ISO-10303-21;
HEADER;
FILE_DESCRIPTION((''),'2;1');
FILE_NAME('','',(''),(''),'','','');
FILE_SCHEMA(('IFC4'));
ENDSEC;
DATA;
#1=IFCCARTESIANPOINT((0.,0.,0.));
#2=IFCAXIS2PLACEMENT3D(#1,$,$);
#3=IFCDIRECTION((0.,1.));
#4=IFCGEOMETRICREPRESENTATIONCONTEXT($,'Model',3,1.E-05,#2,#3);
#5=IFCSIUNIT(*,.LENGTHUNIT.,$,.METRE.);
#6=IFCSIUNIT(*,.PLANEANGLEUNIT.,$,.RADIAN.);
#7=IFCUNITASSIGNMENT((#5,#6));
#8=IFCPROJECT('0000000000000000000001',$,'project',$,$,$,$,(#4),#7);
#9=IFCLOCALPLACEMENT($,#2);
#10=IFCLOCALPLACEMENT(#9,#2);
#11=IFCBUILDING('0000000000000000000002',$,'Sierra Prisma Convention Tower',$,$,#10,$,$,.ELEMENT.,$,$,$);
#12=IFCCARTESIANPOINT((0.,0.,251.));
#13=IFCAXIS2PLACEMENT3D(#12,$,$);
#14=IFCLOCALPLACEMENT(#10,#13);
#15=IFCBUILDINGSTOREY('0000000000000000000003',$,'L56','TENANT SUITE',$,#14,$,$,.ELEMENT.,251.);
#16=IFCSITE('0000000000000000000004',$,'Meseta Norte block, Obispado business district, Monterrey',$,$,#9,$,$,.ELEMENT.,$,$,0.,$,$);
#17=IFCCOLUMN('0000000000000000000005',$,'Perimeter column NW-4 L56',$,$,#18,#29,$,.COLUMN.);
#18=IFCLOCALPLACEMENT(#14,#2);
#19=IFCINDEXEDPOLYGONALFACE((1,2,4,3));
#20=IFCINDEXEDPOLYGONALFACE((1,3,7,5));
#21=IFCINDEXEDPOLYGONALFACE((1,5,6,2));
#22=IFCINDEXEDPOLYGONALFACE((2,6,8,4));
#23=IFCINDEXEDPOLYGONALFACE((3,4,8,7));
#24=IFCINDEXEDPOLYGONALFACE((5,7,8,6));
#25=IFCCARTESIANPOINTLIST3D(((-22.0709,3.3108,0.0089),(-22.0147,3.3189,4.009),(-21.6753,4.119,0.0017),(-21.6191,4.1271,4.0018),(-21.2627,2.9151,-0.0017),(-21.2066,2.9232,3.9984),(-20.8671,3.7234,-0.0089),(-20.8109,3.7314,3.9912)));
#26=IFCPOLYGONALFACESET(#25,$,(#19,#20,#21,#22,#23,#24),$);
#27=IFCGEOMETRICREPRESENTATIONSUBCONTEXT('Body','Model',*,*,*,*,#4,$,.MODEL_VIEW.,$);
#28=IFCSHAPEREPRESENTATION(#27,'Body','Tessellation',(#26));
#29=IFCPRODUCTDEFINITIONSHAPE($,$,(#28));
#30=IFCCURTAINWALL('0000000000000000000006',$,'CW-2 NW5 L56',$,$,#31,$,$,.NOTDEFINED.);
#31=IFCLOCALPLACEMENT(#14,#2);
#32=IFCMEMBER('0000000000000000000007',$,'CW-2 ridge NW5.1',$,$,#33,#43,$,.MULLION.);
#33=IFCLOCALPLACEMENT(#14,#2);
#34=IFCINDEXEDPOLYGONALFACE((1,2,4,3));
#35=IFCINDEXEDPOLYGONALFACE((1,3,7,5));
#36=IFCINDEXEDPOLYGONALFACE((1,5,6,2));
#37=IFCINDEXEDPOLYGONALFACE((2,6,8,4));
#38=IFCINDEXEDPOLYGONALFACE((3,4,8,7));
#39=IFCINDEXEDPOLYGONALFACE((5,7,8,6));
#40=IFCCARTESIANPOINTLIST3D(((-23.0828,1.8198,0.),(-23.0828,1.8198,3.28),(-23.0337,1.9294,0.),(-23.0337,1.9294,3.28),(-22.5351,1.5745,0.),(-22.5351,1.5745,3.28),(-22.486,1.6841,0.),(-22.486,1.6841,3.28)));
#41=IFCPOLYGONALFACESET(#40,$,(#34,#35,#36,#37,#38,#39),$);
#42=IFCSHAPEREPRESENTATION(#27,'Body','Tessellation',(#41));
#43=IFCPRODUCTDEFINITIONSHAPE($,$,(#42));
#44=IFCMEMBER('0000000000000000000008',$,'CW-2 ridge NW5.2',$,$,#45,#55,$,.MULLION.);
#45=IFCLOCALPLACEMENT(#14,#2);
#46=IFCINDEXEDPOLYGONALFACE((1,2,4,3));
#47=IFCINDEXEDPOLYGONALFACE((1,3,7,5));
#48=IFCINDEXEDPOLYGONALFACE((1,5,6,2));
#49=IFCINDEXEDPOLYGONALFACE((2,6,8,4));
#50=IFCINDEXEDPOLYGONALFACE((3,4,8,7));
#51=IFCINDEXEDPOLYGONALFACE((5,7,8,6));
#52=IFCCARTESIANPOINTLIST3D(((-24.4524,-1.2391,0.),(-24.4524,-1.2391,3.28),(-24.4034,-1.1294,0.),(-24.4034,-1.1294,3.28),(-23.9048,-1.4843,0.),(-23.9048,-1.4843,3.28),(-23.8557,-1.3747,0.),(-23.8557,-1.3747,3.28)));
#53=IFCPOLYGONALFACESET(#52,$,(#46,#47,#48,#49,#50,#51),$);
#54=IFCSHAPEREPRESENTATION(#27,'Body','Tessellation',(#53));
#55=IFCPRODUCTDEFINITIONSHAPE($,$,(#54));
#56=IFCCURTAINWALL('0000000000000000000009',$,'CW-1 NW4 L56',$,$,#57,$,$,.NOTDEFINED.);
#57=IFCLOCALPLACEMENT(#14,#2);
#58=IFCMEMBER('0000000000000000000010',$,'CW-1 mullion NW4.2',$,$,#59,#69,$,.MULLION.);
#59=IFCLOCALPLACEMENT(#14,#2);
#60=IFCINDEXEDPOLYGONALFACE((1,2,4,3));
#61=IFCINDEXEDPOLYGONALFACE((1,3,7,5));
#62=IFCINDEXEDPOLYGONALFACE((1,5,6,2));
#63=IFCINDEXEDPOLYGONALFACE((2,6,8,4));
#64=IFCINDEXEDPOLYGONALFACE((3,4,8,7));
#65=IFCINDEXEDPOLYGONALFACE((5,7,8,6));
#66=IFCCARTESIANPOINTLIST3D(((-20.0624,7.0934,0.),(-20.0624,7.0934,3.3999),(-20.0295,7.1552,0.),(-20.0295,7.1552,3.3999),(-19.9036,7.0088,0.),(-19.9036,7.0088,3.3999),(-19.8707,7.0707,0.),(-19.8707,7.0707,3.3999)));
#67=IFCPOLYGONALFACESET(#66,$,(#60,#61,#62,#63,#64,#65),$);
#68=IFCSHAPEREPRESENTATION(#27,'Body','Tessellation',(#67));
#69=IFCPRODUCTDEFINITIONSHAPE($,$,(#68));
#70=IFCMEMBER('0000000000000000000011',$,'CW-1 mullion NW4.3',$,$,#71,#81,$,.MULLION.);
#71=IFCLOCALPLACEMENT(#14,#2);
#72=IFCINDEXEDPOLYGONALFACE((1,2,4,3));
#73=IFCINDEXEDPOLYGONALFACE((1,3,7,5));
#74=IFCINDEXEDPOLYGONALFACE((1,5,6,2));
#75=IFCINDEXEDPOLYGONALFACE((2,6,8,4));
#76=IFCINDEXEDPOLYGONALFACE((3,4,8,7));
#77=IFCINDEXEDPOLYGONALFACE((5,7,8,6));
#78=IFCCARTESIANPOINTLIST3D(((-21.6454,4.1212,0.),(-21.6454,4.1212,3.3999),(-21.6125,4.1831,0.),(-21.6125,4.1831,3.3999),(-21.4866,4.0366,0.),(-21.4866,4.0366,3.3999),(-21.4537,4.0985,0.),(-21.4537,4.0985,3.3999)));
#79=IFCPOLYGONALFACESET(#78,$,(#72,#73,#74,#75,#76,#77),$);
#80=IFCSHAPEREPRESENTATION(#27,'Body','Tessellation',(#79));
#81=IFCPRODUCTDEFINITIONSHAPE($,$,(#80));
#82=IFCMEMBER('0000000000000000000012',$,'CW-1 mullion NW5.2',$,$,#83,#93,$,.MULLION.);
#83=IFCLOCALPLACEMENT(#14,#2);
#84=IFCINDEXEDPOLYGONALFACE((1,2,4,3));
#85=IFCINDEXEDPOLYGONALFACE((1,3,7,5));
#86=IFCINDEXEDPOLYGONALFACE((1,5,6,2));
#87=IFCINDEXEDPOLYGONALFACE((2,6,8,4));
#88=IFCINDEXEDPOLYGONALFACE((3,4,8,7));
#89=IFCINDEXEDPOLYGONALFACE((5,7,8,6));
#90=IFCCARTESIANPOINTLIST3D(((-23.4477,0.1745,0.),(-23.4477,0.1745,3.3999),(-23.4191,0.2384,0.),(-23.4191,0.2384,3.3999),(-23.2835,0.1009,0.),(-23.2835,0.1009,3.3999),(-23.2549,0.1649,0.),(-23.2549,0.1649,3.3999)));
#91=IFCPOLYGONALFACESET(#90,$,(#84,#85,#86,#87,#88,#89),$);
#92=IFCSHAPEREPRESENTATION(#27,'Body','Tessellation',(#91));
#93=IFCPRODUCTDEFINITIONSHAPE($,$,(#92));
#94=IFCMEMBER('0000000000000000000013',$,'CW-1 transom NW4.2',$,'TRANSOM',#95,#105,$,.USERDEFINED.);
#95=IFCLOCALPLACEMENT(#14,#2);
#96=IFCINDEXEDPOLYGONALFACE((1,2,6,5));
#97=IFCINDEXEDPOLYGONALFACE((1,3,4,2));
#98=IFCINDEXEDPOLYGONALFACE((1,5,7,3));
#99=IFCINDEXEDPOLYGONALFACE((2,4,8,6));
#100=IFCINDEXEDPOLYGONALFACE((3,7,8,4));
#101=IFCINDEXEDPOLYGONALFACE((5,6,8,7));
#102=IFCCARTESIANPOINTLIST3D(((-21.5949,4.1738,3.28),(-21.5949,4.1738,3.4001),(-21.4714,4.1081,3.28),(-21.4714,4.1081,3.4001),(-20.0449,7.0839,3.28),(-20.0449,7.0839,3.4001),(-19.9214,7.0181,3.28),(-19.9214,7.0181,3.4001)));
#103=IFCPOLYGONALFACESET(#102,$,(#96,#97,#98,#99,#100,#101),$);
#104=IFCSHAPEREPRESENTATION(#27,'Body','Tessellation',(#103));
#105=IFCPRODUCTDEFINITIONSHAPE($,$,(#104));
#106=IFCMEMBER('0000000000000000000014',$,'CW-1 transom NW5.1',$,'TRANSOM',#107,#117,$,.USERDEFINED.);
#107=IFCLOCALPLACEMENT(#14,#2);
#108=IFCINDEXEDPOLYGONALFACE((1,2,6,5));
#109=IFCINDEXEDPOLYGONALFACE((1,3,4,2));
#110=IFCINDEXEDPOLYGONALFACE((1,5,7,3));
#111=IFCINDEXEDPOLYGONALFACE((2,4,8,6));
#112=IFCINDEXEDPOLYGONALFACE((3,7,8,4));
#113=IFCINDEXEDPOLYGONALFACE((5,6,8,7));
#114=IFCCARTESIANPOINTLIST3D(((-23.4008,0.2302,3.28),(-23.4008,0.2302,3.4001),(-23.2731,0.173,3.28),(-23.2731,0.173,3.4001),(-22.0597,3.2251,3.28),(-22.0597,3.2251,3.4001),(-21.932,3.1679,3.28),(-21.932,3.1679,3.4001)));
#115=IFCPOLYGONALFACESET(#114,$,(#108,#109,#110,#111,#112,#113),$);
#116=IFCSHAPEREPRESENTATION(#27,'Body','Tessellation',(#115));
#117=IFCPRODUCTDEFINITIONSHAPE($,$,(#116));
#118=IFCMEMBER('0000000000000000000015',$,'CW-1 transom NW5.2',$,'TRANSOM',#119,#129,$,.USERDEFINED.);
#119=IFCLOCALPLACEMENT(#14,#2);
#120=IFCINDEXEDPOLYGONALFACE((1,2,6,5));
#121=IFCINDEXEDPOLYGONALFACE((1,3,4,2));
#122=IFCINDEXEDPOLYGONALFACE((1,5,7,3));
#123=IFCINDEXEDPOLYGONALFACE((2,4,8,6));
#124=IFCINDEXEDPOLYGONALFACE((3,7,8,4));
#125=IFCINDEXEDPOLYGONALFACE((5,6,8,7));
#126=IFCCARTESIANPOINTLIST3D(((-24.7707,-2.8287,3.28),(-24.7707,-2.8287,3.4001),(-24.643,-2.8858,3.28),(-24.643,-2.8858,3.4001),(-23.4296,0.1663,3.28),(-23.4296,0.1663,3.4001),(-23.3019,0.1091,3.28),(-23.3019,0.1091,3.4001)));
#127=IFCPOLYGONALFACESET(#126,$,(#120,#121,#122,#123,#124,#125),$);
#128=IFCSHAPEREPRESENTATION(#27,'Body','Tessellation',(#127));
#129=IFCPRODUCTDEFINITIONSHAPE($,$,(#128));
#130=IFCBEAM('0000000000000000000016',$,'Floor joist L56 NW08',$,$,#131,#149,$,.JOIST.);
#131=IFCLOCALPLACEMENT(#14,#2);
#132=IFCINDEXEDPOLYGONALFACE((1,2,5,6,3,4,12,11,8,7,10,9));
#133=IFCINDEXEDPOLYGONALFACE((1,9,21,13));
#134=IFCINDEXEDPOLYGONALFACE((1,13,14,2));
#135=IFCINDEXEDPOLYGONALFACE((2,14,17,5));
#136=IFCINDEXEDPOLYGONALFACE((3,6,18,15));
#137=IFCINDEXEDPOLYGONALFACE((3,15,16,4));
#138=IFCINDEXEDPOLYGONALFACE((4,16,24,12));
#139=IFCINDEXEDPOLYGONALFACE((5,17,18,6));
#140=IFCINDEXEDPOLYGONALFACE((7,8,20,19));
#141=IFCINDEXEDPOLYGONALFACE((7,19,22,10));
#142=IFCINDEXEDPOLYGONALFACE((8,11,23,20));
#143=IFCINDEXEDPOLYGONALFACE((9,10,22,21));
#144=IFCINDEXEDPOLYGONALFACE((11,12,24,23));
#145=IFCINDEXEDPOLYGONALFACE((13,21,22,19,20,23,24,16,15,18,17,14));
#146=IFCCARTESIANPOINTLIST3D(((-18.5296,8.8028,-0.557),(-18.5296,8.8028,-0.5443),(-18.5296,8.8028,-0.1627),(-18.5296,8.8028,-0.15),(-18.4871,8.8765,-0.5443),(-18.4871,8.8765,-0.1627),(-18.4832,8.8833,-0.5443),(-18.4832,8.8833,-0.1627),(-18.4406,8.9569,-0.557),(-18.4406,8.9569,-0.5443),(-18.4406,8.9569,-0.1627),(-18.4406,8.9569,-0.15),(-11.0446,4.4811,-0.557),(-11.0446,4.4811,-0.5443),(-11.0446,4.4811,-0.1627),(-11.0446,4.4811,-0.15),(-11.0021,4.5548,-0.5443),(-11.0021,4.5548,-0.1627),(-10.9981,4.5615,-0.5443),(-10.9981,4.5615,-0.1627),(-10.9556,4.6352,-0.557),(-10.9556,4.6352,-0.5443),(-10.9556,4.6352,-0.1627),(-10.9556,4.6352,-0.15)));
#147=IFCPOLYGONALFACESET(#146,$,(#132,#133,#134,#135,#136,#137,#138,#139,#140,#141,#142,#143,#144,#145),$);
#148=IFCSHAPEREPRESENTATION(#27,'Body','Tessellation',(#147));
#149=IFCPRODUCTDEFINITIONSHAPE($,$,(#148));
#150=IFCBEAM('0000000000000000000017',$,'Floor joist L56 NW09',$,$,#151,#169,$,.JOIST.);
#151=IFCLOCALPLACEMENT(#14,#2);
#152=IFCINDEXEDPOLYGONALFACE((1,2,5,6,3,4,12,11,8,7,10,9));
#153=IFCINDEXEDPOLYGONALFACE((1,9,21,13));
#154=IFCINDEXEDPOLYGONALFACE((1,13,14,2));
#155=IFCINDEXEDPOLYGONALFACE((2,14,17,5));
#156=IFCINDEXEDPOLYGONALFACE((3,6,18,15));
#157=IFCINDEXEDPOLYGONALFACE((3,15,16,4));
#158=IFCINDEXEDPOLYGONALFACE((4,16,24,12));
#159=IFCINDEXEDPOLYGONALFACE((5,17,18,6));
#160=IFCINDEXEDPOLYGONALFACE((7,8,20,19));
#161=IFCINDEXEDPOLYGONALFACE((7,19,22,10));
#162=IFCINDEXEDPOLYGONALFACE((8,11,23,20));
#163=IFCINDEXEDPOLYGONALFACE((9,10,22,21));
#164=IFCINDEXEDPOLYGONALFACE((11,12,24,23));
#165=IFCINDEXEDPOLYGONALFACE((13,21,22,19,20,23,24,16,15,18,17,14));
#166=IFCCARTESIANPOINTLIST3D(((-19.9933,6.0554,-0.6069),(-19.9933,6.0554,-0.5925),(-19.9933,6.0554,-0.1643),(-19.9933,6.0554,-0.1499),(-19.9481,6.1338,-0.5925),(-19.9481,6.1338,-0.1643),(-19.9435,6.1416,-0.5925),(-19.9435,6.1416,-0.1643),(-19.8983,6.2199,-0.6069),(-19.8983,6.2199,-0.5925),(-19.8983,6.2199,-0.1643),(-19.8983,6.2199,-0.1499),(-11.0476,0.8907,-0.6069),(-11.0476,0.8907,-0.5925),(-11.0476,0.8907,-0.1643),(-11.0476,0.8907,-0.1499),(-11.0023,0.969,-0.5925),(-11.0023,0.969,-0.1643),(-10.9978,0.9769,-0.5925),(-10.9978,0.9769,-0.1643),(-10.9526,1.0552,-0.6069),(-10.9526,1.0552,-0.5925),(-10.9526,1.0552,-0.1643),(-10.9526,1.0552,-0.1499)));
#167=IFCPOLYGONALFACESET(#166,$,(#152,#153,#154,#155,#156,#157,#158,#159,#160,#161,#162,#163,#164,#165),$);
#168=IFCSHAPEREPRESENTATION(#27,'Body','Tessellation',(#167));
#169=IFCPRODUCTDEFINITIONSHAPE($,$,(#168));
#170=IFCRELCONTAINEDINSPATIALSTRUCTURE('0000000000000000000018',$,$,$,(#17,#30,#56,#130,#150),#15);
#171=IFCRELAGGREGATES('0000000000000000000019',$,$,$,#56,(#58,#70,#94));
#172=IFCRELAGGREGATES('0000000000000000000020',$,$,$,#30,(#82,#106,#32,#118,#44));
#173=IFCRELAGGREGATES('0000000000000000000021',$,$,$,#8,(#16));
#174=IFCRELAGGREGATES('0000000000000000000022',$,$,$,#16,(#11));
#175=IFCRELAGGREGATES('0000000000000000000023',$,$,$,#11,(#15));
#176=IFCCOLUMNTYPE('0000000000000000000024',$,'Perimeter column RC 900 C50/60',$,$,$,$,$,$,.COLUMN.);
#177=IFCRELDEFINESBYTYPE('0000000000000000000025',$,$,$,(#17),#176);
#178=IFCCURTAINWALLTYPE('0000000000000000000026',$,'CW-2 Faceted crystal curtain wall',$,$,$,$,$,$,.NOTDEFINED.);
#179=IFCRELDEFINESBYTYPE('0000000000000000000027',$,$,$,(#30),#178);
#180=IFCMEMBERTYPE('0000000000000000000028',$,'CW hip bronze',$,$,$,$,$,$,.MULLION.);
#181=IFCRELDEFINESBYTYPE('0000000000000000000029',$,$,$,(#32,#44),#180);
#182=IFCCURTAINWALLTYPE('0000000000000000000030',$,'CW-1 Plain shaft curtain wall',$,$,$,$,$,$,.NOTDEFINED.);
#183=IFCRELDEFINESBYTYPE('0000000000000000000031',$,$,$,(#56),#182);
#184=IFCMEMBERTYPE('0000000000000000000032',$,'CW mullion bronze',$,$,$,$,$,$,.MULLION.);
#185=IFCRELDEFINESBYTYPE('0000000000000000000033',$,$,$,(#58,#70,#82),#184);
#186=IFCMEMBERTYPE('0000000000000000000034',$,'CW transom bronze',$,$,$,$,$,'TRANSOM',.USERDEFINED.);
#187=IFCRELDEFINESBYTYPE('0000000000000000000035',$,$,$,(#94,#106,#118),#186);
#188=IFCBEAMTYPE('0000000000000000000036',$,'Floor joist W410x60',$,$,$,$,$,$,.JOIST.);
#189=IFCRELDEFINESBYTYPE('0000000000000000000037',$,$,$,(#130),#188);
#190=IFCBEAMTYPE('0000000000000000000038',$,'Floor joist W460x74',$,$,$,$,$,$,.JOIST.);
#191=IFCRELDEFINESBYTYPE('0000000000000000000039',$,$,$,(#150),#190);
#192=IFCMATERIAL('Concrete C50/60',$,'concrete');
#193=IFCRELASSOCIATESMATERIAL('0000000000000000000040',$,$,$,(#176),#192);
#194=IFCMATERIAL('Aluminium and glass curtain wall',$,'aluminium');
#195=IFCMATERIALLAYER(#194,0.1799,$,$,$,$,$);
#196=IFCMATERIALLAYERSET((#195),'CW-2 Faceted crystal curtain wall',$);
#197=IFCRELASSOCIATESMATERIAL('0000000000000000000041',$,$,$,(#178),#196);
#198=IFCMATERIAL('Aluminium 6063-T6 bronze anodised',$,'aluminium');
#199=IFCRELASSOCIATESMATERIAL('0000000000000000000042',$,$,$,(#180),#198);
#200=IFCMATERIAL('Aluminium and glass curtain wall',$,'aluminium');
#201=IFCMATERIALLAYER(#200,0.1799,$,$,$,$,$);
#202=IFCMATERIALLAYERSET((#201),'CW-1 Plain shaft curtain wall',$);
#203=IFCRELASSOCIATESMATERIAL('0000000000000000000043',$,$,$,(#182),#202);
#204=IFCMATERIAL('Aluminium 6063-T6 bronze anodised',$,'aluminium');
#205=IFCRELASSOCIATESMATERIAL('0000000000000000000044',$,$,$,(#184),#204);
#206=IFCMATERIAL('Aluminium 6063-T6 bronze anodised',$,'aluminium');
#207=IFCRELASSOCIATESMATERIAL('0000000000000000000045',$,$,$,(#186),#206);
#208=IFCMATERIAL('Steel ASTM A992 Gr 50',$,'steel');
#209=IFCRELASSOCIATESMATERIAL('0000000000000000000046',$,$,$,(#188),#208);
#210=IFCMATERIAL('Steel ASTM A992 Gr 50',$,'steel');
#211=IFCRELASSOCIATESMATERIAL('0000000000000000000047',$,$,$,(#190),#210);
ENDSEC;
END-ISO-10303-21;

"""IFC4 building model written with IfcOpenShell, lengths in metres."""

from ifc_helpers import new_model, si_unit, direction, frame, origin, origin_2d, place, context, subcontext, project, spatial, rectangle, i_section, extrude, material, layer, layer_set, material_profile, profile_set, type_object, element, aggregate, save


model = new_model("IFC4")

# Units and contexts
model_context = context("Model", 3, precision=1e-05, world=origin(), true_north=direction((0.0, 1.0)))
body_context = subcontext(model_context, "Body", "Model", "MODEL_VIEW")
ifc_project = project(units=[si_unit("LENGTHUNIT", "METRE"), si_unit("PLANEANGLEUNIT", "RADIAN")], contexts=[model_context])

# Site, building, storey
site_placement = place(None, origin())
site = spatial("IfcSite", under=ifc_project, at=site_placement, Name="Meseta Norte block, Obispado business district, Monterrey", CompositionType="ELEMENT", RefElevation=0.0)
building_placement = place(site_placement, origin())
building = spatial("IfcBuilding", under=site, at=building_placement, Name="Sierra Prisma Convention Tower", CompositionType="ELEMENT")
storey_placement = place(building_placement, frame((0.0, 0.0, 251.0)))
storey = spatial("IfcBuildingStorey", under=building, at=storey_placement, Name="L56", Description="TENANT SUITE", CompositionType="ELEMENT", Elevation=251.0)

# Column
ifc_material_1 = material(Name="Concrete C50/60", Category="concrete")
ifc_material_profile_1 = material_profile(ifc_material_1, rectangle(XDim=0.8999, YDim=0.8999, at=origin_2d()), Name="Perimeter column RC 900 C50/60")
ifc_profile_set_1 = profile_set([ifc_material_profile_1], Name="Concrete C50/60")
column_type = type_object("IfcColumnType", Name="Perimeter column RC 900 C50/60", PredefinedType="COLUMN", material=ifc_profile_set_1)
column_placement = place(storey_placement, frame((-21.469, 3.5171, 0.0), z_axis=(0.014037, 0.002014, 0.999899), x_axis=(0.439615, 0.898151, -0.00798)))
element("IfcColumn", 1, at=column_placement, inside=storey, type_object=column_type, Name="Perimeter column NW-4 L56", PredefinedType="COLUMN", context=body_context, shape_type="SweptSolid", body=[
    extrude(rectangle(XDim=0.8999, YDim=0.8999, at=origin_2d()), origin(), (0.0, 0.0, 1.0), 4.0005),
])

# Curtain walls, members
ifc_material_2 = material(Name="Aluminium and glass curtain wall", Category="aluminium")
ifc_layer_1 = layer(ifc_material_2, 0.1799)
ifc_layer_set_1 = layer_set([ifc_layer_1], Name="CW-2 Faceted crystal curtain wall")
curtain_wall_type_1 = type_object("IfcCurtainWallType", Name="CW-2 Faceted crystal curtain wall", PredefinedType="NOTDEFINED", material=ifc_layer_set_1)
curtain_wall_1_placement = place(storey_placement, origin())
curtain_wall_1 = element("IfcCurtainWall", 2, at=curtain_wall_1_placement, inside=storey, type_object=curtain_wall_type_1, Name="CW-2 NW5 L56", PredefinedType="NOTDEFINED")
ifc_material_3 = material(Name="Aluminium 6063-T6 bronze anodised", Category="aluminium")
ifc_material_profile_2 = material_profile(ifc_material_3, rectangle(XDim=0.1201, YDim=0.6001, at=origin_2d()), Name="ALU RIDGE BLADE 120x600")
ifc_profile_set_2 = profile_set([ifc_material_profile_2], Name="Aluminium 6063-T6 bronze anodised")
member_type_1 = type_object("IfcMemberType", Name="CW hip bronze", PredefinedType="MULLION", material=ifc_profile_set_2)
member_1_placement = place(storey_placement, frame((-22.7844, 1.752, 0.0), z_axis=(0.0, 0.0, 1.0), x_axis=(-0.408698, -0.912669, 0.0)))
member_1 = element("IfcMember", 3, at=member_1_placement, type_object=member_type_1, Name="CW-2 ridge NW5.1", PredefinedType="MULLION", context=body_context, shape_type="SweptSolid", body=[
    extrude(rectangle(XDim=0.1201, YDim=0.6001, at=origin_2d()), origin(), (0.0, 0.0, 1.0), 3.28),
])
member_2_placement = place(storey_placement, frame((-24.1541, -1.3069, 0.0), z_axis=(0.0, 0.0, 1.0), x_axis=(-0.408698, -0.912669, 0.0)))
member_2 = element("IfcMember", 4, at=member_2_placement, type_object=member_type_1, Name="CW-2 ridge NW5.2", PredefinedType="MULLION", context=body_context, shape_type="SweptSolid", body=[
    extrude(rectangle(XDim=0.1201, YDim=0.6001, at=origin_2d()), origin(), (0.0, 0.0, 1.0), 3.28),
])
ifc_material_4 = material(Name="Aluminium and glass curtain wall", Category="aluminium")
ifc_layer_2 = layer(ifc_material_4, 0.1799)
ifc_layer_set_2 = layer_set([ifc_layer_2], Name="CW-1 Plain shaft curtain wall")
curtain_wall_type_2 = type_object("IfcCurtainWallType", Name="CW-1 Plain shaft curtain wall", PredefinedType="NOTDEFINED", material=ifc_layer_set_2)
curtain_wall_2_placement = place(storey_placement, origin())
curtain_wall_2 = element("IfcCurtainWall", 5, at=curtain_wall_2_placement, inside=storey, type_object=curtain_wall_type_2, Name="CW-1 NW4 L56", PredefinedType="NOTDEFINED")
ifc_material_5 = material(Name="Aluminium 6063-T6 bronze anodised", Category="aluminium")
ifc_material_profile_3 = material_profile(ifc_material_5, rectangle(XDim=0.1799, YDim=0.0701, at=origin_2d()), Name="ALU MULLION 70x180")
ifc_profile_set_3 = profile_set([ifc_material_profile_3], Name="Aluminium 6063-T6 bronze anodised")
member_type_2 = type_object("IfcMemberType", Name="CW mullion bronze", PredefinedType="MULLION", material=ifc_profile_set_3)
member_3_placement = place(storey_placement, frame((-19.9666, 7.082, 0.0), z_axis=(0.0, 0.0, 1.0), x_axis=(0.882611, -0.470104, 0.0)))
member_3 = element("IfcMember", 6, at=member_3_placement, type_object=member_type_2, Name="CW-1 mullion NW4.2", PredefinedType="MULLION", context=body_context, shape_type="SweptSolid", body=[
    extrude(rectangle(XDim=0.1799, YDim=0.0701, at=origin_2d()), origin(), (0.0, 0.0, 1.0), 3.3999),
])
member_4_placement = place(storey_placement, frame((-21.5496, 4.1099, 0.0), z_axis=(0.0, 0.0, 1.0), x_axis=(0.882611, -0.470104, 0.0)))
member_4 = element("IfcMember", 7, at=member_4_placement, type_object=member_type_2, Name="CW-1 mullion NW4.3", PredefinedType="MULLION", context=body_context, shape_type="SweptSolid", body=[
    extrude(rectangle(XDim=0.1799, YDim=0.0701, at=origin_2d()), origin(), (0.0, 0.0, 1.0), 3.3999),
])

# Members
member_5_placement = place(storey_placement, frame((-23.3513, 0.1697, 0.0), z_axis=(0.0, 0.0, 1.0), x_axis=(0.912669, -0.408698, 0.0)))
member_5 = element("IfcMember", 8, at=member_5_placement, type_object=member_type_2, Name="CW-1 mullion NW5.2", PredefinedType="MULLION", context=body_context, shape_type="SweptSolid", body=[
    extrude(rectangle(XDim=0.1799, YDim=0.0701, at=origin_2d()), origin(), (0.0, 0.0, 1.0), 3.3999),
])
ifc_material_6 = material(Name="Aluminium 6063-T6 bronze anodised", Category="aluminium")
ifc_material_profile_4 = material_profile(ifc_material_6, rectangle(XDim=0.1399, YDim=0.1201, at=origin_2d()), Name="ALU TRANSOM 120x140")
ifc_profile_set_4 = profile_set([ifc_material_profile_4], Name="Aluminium 6063-T6 bronze anodised")
member_type_3 = type_object("IfcMemberType", Name="CW transom bronze", ElementType="TRANSOM", PredefinedType="USERDEFINED", material=ifc_profile_set_4)
member_6_placement = place(storey_placement, frame((-19.9832, 7.051, 3.3401), z_axis=(-0.470108, -0.882609, 0.0), x_axis=(0.882609, -0.470108, 0.0)))
member_6 = element("IfcMember", 9, at=member_6_placement, type_object=member_type_3, Name="CW-1 transom NW4.2", ObjectType="TRANSOM", PredefinedType="USERDEFINED", context=body_context, shape_type="SweptSolid", body=[
    extrude(rectangle(XDim=0.1399, YDim=0.1201, at=origin_2d()), origin(), (0.0, 0.0, 1.0), 3.2971),
])
member_7_placement = place(storey_placement, frame((-21.9958, 3.1965, 3.3401), z_axis=(-0.408684, -0.912676, 0.0), x_axis=(0.912676, -0.408684, 0.0)))
member_7 = element("IfcMember", 10, at=member_7_placement, type_object=member_type_3, Name="CW-1 transom NW5.1", ObjectType="TRANSOM", PredefinedType="USERDEFINED", context=body_context, shape_type="SweptSolid", body=[
    extrude(rectangle(XDim=0.1399, YDim=0.1201, at=origin_2d()), origin(), (0.0, 0.0, 1.0), 3.2815),
])
member_8_placement = place(storey_placement, frame((-23.3657, 0.1377, 3.3401), z_axis=(-0.408684, -0.912676, 0.0), x_axis=(0.912676, -0.408684, 0.0)))
member_8 = element("IfcMember", 11, at=member_8_placement, type_object=member_type_3, Name="CW-1 transom NW5.2", ObjectType="TRANSOM", PredefinedType="USERDEFINED", context=body_context, shape_type="SweptSolid", body=[
    extrude(rectangle(XDim=0.1399, YDim=0.1201, at=origin_2d()), origin(), (0.0, 0.0, 1.0), 3.2815),
])

# Beams
ifc_material_7 = material(Name="Steel ASTM A992 Gr 50", Category="steel")
ifc_material_profile_5 = material_profile(ifc_material_7, i_section(OverallWidth=0.178, OverallDepth=0.407, WebThickness=0.0078, FlangeThickness=0.0127, at=origin_2d()), Name="W410x60")
ifc_profile_set_5 = profile_set([ifc_material_profile_5], Name="Steel ASTM A992 Gr 50")
beam_type_1 = type_object("IfcBeamType", Name="Floor joist W410x60", PredefinedType="JOIST", material=ifc_profile_set_5)
beam_1_placement = place(storey_placement, frame((-18.4851, 8.8799, -0.3535), z_axis=(0.866013, -0.500022, 0.0), x_axis=(0.500022, 0.866013, 0.0)))
element("IfcBeam", 12, at=beam_1_placement, inside=storey, type_object=beam_type_1, Name="Floor joist L56 NW08", PredefinedType="JOIST", context=body_context, shape_type="SweptSolid", body=[
    extrude(i_section(OverallWidth=0.178, OverallDepth=0.407, WebThickness=0.0078, FlangeThickness=0.0127, at=origin_2d()), origin(), (0.0, 0.0, 1.0), 8.6431),
])
ifc_material_8 = material(Name="Steel ASTM A992 Gr 50", Category="steel")
ifc_material_profile_6 = material_profile(ifc_material_8, i_section(OverallWidth=0.1899, OverallDepth=0.457, WebThickness=0.009, FlangeThickness=0.0144, at=origin_2d()), Name="W460x74")
ifc_profile_set_6 = profile_set([ifc_material_profile_6], Name="Steel ASTM A992 Gr 50")
beam_type_2 = type_object("IfcBeamType", Name="Floor joist W460x74", PredefinedType="JOIST", material=ifc_profile_set_6)
beam_2_placement = place(storey_placement, frame((-19.9458, 6.1377, -0.3784), z_axis=(0.866028, -0.499995, 0.0), x_axis=(0.499995, 0.866028, 0.0)))
element("IfcBeam", 13, at=beam_2_placement, inside=storey, type_object=beam_type_2, Name="Floor joist L56 NW09", PredefinedType="JOIST", context=body_context, shape_type="SweptSolid", body=[
    extrude(i_section(OverallWidth=0.1899, OverallDepth=0.457, WebThickness=0.009, FlangeThickness=0.0144, at=origin_2d()), origin(), (0.0, 0.0, 1.0), 10.3296),
])

aggregate(curtain_wall_2, [member_3, member_4, member_6])
aggregate(curtain_wall_1, [member_5, member_7, member_1, member_8, member_2])

save(model, "model.ifc")
